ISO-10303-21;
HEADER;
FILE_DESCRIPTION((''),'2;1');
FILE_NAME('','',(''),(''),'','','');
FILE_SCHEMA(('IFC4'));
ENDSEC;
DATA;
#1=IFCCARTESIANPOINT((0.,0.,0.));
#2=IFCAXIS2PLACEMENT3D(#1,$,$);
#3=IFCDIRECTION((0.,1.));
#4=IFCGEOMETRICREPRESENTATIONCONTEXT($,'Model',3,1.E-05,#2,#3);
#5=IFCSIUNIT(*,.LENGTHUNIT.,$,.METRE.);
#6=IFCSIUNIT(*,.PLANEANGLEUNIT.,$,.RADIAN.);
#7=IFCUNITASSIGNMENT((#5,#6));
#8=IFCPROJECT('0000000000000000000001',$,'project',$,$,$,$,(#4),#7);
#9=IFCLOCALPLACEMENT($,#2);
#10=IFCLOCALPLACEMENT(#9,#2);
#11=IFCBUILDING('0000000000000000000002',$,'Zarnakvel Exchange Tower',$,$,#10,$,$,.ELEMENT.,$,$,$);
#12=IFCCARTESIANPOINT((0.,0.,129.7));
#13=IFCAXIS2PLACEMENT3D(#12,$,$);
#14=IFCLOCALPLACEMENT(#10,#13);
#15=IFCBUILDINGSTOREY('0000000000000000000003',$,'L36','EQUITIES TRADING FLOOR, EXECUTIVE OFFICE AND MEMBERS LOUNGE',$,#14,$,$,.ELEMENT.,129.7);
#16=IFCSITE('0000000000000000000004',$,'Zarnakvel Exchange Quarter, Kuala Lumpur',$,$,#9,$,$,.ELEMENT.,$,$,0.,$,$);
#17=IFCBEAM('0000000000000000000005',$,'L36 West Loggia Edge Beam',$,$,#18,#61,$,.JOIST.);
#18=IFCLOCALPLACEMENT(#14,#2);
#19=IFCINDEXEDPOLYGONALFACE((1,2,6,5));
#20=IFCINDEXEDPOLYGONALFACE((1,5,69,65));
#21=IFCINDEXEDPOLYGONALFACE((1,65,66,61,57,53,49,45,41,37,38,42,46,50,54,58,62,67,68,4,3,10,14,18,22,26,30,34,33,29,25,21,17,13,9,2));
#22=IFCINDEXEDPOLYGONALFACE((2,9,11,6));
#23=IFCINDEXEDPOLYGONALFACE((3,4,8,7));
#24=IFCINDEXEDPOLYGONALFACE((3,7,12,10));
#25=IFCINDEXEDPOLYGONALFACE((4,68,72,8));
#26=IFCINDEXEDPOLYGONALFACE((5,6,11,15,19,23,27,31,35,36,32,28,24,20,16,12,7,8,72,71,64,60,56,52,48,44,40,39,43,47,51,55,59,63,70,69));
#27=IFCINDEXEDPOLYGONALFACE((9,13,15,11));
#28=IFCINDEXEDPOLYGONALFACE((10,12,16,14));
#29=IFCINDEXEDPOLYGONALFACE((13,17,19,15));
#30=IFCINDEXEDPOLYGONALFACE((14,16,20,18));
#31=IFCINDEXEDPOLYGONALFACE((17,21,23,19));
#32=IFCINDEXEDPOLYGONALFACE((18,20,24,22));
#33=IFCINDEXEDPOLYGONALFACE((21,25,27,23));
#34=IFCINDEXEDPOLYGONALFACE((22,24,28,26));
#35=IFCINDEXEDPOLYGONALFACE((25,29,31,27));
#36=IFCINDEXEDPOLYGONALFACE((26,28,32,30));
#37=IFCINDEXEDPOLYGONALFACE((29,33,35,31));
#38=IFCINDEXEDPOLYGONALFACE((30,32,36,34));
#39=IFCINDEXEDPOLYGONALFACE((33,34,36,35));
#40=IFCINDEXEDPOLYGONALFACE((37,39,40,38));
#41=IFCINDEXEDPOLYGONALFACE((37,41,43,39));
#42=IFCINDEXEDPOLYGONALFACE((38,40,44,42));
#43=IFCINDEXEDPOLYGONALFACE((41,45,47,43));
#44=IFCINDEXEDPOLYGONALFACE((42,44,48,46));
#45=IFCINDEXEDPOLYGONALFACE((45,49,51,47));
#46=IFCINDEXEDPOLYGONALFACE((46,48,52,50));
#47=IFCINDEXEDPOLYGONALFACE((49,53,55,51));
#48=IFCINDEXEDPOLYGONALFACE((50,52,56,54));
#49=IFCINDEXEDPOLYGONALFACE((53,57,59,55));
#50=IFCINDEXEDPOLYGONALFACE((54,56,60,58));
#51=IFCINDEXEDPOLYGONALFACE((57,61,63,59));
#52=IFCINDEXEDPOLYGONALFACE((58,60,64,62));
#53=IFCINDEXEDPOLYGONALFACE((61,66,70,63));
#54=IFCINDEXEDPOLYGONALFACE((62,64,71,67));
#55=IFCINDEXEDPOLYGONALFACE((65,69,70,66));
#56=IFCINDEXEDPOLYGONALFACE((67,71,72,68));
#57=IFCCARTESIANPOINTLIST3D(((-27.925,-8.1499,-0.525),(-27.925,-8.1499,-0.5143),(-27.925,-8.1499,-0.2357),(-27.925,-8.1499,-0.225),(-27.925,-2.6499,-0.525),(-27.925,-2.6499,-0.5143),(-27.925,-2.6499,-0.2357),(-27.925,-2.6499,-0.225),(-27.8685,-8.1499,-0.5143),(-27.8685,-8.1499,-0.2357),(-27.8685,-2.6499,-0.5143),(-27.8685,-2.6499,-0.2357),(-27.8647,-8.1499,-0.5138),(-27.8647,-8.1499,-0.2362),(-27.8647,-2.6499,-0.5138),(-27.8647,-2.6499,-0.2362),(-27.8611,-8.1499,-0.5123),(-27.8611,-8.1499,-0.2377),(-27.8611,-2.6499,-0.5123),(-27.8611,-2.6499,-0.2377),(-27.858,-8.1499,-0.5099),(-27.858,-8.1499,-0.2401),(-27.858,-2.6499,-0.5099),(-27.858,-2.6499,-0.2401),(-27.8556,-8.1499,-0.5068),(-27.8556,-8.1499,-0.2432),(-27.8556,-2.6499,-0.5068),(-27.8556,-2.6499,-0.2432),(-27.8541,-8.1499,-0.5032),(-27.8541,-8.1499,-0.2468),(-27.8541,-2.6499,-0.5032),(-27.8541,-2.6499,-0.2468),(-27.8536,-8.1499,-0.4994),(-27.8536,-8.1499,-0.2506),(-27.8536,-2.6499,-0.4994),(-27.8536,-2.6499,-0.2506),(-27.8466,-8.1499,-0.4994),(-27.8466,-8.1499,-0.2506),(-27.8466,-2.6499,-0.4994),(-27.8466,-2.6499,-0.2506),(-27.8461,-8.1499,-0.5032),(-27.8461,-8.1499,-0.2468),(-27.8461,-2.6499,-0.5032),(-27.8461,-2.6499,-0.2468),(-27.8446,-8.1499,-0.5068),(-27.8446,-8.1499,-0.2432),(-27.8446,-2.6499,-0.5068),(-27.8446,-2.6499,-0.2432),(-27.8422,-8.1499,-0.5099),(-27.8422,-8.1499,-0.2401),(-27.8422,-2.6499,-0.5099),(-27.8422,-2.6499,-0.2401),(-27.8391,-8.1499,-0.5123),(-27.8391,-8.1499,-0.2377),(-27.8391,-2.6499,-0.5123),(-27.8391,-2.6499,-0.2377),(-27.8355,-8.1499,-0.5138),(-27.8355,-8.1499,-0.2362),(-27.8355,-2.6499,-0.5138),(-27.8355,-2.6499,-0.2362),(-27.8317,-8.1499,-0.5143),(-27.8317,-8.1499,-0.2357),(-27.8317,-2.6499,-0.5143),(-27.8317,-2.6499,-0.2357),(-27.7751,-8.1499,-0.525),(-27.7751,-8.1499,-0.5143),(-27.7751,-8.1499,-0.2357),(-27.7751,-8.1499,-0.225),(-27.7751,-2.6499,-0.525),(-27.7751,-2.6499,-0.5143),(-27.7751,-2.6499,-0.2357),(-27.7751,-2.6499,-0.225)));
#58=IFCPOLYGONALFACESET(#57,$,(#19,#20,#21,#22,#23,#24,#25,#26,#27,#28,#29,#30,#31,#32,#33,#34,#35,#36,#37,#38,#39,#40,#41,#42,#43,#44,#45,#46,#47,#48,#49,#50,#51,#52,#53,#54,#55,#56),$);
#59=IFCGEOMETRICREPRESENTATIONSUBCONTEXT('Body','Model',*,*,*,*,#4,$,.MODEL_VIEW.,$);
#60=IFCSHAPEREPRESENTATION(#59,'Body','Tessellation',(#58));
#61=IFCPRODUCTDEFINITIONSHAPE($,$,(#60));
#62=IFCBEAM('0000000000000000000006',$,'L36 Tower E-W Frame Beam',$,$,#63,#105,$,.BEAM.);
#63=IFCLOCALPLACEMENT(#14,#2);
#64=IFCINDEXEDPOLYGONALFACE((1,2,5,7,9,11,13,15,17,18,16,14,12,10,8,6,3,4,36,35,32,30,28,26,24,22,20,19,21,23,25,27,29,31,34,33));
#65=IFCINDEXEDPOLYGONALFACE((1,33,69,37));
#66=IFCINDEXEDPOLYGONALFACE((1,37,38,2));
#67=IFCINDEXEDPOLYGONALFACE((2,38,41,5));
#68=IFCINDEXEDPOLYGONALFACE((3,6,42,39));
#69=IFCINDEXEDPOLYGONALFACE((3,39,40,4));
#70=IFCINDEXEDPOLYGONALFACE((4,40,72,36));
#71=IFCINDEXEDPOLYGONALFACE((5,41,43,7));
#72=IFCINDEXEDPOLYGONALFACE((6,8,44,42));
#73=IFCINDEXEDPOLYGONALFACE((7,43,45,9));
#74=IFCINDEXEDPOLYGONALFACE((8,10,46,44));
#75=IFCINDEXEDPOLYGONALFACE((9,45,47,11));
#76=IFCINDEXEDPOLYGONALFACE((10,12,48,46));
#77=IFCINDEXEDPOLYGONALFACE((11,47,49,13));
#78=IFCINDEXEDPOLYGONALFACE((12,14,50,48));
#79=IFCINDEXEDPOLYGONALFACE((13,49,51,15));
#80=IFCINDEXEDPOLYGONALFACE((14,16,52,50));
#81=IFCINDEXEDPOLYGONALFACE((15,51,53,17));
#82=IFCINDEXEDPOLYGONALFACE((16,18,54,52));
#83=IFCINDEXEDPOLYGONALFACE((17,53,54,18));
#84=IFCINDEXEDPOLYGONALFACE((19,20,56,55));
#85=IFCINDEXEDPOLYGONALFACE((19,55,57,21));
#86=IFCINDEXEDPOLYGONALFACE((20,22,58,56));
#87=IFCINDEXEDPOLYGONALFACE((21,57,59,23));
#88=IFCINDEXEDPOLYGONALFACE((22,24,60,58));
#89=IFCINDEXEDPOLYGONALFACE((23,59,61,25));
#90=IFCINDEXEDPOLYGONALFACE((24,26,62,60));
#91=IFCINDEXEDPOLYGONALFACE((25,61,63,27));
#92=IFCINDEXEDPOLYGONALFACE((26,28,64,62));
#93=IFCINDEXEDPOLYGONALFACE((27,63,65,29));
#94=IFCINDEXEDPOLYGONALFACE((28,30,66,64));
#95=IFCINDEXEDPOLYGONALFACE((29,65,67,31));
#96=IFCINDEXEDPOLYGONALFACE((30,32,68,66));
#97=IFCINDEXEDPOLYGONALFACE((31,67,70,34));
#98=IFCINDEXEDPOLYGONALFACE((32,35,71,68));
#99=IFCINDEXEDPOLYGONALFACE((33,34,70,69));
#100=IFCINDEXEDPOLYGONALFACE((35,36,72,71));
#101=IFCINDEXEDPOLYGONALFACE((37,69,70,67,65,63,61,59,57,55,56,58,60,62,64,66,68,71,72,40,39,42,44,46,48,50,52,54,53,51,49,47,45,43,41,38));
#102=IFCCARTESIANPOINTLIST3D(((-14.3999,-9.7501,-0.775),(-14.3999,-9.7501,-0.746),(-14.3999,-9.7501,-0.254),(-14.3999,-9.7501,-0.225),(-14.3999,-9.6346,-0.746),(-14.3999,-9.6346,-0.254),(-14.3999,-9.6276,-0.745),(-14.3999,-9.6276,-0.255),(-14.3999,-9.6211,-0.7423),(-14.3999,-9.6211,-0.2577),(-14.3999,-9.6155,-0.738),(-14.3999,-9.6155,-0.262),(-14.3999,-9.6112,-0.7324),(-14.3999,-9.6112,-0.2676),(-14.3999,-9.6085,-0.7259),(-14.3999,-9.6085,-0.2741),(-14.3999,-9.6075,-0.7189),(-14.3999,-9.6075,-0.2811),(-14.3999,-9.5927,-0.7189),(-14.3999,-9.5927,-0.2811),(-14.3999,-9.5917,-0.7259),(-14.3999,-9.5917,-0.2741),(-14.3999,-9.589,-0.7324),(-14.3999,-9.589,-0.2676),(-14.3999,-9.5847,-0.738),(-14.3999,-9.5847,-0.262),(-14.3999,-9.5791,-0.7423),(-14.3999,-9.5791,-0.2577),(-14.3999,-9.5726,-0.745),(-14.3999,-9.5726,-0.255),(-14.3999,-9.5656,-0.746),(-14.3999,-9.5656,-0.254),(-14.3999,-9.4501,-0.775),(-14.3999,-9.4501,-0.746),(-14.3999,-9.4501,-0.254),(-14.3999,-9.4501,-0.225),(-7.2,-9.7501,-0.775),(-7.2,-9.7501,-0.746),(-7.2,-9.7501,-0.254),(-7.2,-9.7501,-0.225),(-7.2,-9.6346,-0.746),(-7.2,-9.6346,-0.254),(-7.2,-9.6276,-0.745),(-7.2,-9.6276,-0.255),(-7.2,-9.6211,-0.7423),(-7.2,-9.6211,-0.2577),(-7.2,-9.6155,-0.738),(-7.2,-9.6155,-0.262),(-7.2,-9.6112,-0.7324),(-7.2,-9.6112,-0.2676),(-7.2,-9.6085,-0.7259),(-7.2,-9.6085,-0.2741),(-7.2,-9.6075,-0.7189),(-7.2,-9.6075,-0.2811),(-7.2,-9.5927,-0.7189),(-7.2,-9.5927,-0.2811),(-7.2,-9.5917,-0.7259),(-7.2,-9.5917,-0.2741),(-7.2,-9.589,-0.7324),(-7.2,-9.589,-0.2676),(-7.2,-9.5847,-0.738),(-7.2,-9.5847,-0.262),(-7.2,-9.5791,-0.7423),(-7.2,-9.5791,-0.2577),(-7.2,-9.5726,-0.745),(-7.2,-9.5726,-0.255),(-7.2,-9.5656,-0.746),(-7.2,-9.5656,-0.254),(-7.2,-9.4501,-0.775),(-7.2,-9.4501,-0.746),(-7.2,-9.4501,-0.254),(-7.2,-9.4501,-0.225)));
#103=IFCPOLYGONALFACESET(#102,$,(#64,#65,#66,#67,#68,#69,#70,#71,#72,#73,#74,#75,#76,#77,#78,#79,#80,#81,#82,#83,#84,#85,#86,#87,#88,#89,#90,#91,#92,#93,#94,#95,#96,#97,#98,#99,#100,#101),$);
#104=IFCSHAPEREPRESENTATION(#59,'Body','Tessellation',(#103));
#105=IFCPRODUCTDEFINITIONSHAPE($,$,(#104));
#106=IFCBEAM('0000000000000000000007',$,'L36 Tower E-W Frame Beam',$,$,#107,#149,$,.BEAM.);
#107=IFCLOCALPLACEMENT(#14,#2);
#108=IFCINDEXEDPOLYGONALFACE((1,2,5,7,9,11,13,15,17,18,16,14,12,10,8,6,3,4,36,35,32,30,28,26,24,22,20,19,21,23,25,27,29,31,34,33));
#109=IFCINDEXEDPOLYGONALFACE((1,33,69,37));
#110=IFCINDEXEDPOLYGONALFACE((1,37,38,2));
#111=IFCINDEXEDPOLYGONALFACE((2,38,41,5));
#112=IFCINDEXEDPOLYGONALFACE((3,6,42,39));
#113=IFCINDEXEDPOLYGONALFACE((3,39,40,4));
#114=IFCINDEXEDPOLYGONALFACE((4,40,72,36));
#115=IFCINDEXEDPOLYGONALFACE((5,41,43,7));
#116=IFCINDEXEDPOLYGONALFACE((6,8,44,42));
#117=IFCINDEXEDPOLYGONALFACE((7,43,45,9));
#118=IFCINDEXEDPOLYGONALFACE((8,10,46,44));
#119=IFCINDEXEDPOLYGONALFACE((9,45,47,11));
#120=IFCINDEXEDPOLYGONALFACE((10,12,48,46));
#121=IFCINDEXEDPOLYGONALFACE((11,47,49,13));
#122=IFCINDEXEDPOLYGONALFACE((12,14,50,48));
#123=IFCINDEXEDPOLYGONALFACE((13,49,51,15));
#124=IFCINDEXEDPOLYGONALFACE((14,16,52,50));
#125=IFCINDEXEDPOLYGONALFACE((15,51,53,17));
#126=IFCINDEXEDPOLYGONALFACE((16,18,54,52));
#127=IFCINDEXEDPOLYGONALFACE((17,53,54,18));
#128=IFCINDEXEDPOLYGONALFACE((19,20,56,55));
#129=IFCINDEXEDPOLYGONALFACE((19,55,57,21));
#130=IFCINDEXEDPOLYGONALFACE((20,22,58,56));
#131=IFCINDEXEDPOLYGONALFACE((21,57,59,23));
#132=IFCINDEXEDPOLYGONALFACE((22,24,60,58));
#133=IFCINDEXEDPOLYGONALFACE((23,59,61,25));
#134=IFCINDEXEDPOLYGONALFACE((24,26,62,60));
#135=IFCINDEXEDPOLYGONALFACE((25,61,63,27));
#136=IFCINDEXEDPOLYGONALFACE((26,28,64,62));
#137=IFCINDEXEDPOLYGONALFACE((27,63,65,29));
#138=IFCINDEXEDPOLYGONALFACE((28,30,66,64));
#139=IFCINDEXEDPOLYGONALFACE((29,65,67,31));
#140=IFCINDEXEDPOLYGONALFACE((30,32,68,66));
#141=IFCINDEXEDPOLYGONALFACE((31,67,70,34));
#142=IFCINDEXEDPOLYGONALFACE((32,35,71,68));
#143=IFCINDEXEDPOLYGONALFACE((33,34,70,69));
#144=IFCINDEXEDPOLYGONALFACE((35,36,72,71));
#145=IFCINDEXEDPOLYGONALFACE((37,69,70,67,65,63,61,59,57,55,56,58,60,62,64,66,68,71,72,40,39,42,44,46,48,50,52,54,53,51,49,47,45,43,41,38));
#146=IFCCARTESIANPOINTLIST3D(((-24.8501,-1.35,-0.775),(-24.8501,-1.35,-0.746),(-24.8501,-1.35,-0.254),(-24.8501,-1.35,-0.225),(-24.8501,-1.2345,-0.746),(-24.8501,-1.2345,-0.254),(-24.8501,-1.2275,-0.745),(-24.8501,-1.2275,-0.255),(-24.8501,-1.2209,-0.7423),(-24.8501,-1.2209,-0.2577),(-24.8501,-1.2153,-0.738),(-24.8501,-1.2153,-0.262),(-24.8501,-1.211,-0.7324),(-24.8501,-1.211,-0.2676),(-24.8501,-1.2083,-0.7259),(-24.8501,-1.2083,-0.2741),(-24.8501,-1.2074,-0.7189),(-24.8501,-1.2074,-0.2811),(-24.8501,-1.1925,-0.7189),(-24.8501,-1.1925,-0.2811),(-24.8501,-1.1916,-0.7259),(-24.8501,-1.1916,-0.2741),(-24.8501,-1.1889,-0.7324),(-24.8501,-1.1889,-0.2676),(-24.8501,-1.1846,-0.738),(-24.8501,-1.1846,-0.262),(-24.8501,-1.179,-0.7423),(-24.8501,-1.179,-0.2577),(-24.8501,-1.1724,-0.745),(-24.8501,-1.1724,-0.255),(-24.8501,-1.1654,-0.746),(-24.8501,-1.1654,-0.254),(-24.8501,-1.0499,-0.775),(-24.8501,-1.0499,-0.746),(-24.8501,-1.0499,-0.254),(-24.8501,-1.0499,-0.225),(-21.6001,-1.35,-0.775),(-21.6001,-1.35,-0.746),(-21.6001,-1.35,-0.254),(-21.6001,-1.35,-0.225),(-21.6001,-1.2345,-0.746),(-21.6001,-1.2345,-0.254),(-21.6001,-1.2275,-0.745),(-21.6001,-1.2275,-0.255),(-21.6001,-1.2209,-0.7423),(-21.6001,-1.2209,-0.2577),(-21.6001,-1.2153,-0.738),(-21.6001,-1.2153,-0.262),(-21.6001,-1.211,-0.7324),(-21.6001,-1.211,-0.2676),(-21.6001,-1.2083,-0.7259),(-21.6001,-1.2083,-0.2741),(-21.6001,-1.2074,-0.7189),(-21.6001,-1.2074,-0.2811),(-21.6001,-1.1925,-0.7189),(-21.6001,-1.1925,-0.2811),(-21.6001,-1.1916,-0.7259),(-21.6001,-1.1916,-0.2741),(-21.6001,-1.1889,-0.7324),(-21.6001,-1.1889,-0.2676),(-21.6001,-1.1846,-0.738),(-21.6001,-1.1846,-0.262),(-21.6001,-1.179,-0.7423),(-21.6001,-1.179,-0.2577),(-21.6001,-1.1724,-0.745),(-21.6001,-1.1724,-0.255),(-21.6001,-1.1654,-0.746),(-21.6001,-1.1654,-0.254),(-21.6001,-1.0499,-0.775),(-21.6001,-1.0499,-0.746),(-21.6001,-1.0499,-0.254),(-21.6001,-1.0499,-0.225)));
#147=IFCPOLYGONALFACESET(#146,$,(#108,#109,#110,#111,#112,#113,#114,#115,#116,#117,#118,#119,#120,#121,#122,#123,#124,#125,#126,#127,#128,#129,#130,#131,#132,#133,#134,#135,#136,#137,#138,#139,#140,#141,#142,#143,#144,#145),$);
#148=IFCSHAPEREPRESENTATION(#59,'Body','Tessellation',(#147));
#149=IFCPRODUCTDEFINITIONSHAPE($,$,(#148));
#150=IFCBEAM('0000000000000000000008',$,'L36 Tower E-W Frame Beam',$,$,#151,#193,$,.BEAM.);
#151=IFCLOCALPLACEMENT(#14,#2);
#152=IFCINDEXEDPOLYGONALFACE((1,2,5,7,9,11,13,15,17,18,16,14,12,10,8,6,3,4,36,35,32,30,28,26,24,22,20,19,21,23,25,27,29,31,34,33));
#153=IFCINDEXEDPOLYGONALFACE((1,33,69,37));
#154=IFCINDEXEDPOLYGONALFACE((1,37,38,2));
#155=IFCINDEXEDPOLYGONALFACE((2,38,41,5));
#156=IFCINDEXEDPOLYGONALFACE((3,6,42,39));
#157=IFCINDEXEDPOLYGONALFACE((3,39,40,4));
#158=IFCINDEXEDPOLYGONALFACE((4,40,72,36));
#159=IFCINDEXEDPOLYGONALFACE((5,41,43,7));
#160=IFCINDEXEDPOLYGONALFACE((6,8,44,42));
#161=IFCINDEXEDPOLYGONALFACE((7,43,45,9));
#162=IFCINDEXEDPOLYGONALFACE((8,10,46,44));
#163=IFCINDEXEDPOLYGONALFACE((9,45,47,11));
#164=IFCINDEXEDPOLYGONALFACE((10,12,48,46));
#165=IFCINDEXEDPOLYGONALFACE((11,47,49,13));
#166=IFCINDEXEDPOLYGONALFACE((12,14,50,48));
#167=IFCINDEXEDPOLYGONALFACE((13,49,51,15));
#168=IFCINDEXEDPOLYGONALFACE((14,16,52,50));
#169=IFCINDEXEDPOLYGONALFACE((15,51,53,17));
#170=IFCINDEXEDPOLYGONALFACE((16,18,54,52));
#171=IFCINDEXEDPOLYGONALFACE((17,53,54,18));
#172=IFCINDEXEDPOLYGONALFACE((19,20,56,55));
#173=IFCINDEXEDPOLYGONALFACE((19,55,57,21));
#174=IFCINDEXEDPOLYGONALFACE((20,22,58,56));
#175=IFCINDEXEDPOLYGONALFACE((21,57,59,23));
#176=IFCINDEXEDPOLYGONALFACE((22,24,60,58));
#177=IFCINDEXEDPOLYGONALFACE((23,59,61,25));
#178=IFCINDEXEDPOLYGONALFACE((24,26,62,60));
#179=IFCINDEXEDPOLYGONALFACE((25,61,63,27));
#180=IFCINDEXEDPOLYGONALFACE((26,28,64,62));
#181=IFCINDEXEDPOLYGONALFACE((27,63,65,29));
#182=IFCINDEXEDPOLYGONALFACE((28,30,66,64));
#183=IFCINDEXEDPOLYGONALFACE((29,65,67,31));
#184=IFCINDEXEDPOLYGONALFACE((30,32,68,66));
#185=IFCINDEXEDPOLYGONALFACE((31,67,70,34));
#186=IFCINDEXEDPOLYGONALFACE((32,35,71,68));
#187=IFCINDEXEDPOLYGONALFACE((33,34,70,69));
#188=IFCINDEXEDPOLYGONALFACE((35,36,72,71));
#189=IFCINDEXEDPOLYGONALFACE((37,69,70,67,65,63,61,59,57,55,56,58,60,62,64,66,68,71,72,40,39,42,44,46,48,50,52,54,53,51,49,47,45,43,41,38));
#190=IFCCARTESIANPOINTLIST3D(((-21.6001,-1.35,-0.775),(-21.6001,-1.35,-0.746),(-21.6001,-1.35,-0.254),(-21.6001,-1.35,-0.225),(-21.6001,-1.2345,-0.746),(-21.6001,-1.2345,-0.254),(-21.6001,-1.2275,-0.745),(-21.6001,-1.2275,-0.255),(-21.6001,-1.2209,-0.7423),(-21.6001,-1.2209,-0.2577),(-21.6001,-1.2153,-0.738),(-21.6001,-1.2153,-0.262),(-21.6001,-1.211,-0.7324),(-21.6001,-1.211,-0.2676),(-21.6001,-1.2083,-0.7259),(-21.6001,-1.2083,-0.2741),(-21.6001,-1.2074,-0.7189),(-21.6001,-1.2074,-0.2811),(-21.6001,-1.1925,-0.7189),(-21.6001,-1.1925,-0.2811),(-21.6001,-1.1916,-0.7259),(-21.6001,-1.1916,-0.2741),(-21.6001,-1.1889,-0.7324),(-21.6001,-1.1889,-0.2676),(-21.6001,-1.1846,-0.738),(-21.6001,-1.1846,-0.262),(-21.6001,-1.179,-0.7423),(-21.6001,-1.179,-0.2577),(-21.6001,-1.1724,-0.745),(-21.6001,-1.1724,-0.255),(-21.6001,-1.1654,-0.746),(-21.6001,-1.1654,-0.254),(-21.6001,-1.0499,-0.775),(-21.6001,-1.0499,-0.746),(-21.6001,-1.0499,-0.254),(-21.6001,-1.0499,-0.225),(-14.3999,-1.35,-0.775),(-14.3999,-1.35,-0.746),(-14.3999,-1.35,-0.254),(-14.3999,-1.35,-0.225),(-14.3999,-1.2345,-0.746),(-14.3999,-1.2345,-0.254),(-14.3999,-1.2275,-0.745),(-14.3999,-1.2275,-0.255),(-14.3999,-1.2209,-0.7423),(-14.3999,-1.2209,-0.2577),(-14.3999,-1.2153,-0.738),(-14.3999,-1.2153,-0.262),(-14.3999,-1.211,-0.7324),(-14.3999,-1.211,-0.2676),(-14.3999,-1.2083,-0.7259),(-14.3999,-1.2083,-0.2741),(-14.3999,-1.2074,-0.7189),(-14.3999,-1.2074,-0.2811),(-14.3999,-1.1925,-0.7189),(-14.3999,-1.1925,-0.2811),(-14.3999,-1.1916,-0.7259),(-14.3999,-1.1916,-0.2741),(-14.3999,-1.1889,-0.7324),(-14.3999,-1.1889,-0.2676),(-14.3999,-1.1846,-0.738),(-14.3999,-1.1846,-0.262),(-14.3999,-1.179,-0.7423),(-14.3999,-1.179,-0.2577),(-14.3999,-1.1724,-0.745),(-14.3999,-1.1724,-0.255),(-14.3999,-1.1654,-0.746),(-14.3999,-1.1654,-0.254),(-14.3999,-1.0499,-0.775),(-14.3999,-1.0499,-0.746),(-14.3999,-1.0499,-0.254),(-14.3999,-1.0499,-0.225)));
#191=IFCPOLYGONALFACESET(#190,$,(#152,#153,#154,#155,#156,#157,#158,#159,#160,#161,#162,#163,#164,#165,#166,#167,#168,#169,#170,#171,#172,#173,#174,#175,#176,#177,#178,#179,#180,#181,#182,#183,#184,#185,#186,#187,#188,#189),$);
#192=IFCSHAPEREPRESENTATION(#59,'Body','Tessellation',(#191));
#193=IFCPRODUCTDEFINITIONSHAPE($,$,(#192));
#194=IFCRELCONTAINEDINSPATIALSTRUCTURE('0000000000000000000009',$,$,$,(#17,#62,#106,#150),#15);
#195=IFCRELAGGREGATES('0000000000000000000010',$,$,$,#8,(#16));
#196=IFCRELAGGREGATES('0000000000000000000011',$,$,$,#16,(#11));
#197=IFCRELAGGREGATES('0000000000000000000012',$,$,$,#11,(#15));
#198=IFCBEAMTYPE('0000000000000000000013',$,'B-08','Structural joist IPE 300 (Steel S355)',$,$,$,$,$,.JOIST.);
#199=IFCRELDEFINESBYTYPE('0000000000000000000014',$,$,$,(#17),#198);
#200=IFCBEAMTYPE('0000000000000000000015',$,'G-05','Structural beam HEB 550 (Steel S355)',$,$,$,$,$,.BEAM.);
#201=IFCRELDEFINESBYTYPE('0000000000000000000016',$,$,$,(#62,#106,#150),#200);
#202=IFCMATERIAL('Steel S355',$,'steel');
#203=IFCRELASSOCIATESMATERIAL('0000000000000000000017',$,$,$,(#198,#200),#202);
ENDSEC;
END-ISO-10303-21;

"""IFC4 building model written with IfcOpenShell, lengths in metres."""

from ifc_helpers import new_model, si_unit, direction, frame, origin, origin_2d, place, context, subcontext, project, spatial, i_section, extrude, material, material_profile, profile_set, type_object, element, save


model = new_model("IFC4")

# Units and contexts
model_context = context("Model", 3, precision=1e-05, world=origin(), true_north=direction((0.0, 1.0)))
body_context = subcontext(model_context, "Body", "Model", "MODEL_VIEW")
ifc_project = project(units=[si_unit("LENGTHUNIT", "METRE"), si_unit("PLANEANGLEUNIT", "RADIAN")], contexts=[model_context])

# Site, building, storey
site_placement = place(None, origin())
site = spatial("IfcSite", under=ifc_project, at=site_placement, Name="Zarnakvel Exchange Quarter, Kuala Lumpur", CompositionType="ELEMENT", RefElevation=0.0)
building_placement = place(site_placement, origin())
building = spatial("IfcBuilding", under=site, at=building_placement, Name="Zarnakvel Exchange Tower", CompositionType="ELEMENT")
storey_placement = place(building_placement, frame((0.0, 0.0, 129.7)))
storey = spatial("IfcBuildingStorey", under=building, at=storey_placement, Name="L36", Description="EQUITIES TRADING FLOOR, EXECUTIVE OFFICE AND MEMBERS LOUNGE", CompositionType="ELEMENT", Elevation=129.7)

# Shared definitions
ifc_material_1 = material(Name="Steel S355", Category="steel")

# Beams
ifc_material_profile_1 = material_profile(ifc_material_1, i_section(OverallWidth=0.1499, OverallDepth=0.3, WebThickness=0.0071, FlangeThickness=0.0107, FilletRadius=0.0149, at=origin_2d()))
ifc_profile_set_1 = profile_set([ifc_material_profile_1], Name="Steel S355")
beam_type_1 = type_object("IfcBeamType", Name="B-08", Description="Structural joist IPE 300 (Steel S355)", PredefinedType="JOIST", material=ifc_profile_set_1)
beam_1_placement = place(storey_placement, frame((-27.8501, -8.1499, -0.375), z_axis=(0.0, 1.0, 0.0), x_axis=(-1.0, 0.0, 0.0)))
element("IfcBeam", 1, at=beam_1_placement, inside=storey, type_object=beam_type_1, Name="L36 West Loggia Edge Beam", PredefinedType="JOIST", context=body_context, shape_type="SweptSolid", body=[
    extrude(i_section(OverallWidth=0.1499, OverallDepth=0.3, WebThickness=0.0071, FlangeThickness=0.0107, FilletRadius=0.0149, at=origin_2d()), origin(), (0.0, 0.0, 1.0), 5.5),
])
ifc_material_profile_2 = material_profile(ifc_material_1, i_section(OverallWidth=0.3, OverallDepth=0.55, WebThickness=0.0149, FlangeThickness=0.0291, FilletRadius=0.0271, at=origin_2d()))
ifc_profile_set_2 = profile_set([ifc_material_profile_2], Name="Steel S355")
beam_type_2 = type_object("IfcBeamType", Name="G-05", Description="Structural beam HEB 550 (Steel S355)", PredefinedType="BEAM", material=ifc_profile_set_2)
beam_2_placement = place(storey_placement, frame((-14.3999, -9.6001, -0.5), z_axis=(1.0, 0.0, 0.0), x_axis=(0.0, 1.0, 0.0)))
element("IfcBeam", 2, at=beam_2_placement, inside=storey, type_object=beam_type_2, Name="L36 Tower E-W Frame Beam", PredefinedType="BEAM", context=body_context, shape_type="SweptSolid", body=[
    extrude(i_section(OverallWidth=0.3, OverallDepth=0.55, WebThickness=0.0149, FlangeThickness=0.0291, FilletRadius=0.0271, at=origin_2d()), origin(), (0.0, 0.0, 1.0), 7.2),
])
beam_3_placement = place(storey_placement, frame((-24.8501, -1.2, -0.5), z_axis=(1.0, 0.0, 0.0), x_axis=(0.0, 1.0, 0.0)))
element("IfcBeam", 3, at=beam_3_placement, inside=storey, type_object=beam_type_2, Name="L36 Tower E-W Frame Beam", PredefinedType="BEAM", context=body_context, shape_type="SweptSolid", body=[
    extrude(i_section(OverallWidth=0.3, OverallDepth=0.55, WebThickness=0.0149, FlangeThickness=0.0291, FilletRadius=0.0271, at=origin_2d()), origin(), (0.0, 0.0, 1.0), 3.25),
])
beam_4_placement = place(storey_placement, frame((-21.6001, -1.2, -0.5), z_axis=(1.0, 0.0, 0.0), x_axis=(0.0, 1.0, 0.0)))
element("IfcBeam", 4, at=beam_4_placement, inside=storey, type_object=beam_type_2, Name="L36 Tower E-W Frame Beam", PredefinedType="BEAM", context=body_context, shape_type="SweptSolid", body=[
    extrude(i_section(OverallWidth=0.3, OverallDepth=0.55, WebThickness=0.0149, FlangeThickness=0.0291, FilletRadius=0.0271, at=origin_2d()), origin(), (0.0, 0.0, 1.0), 7.2002),
])

save(model, "model.ifc")
